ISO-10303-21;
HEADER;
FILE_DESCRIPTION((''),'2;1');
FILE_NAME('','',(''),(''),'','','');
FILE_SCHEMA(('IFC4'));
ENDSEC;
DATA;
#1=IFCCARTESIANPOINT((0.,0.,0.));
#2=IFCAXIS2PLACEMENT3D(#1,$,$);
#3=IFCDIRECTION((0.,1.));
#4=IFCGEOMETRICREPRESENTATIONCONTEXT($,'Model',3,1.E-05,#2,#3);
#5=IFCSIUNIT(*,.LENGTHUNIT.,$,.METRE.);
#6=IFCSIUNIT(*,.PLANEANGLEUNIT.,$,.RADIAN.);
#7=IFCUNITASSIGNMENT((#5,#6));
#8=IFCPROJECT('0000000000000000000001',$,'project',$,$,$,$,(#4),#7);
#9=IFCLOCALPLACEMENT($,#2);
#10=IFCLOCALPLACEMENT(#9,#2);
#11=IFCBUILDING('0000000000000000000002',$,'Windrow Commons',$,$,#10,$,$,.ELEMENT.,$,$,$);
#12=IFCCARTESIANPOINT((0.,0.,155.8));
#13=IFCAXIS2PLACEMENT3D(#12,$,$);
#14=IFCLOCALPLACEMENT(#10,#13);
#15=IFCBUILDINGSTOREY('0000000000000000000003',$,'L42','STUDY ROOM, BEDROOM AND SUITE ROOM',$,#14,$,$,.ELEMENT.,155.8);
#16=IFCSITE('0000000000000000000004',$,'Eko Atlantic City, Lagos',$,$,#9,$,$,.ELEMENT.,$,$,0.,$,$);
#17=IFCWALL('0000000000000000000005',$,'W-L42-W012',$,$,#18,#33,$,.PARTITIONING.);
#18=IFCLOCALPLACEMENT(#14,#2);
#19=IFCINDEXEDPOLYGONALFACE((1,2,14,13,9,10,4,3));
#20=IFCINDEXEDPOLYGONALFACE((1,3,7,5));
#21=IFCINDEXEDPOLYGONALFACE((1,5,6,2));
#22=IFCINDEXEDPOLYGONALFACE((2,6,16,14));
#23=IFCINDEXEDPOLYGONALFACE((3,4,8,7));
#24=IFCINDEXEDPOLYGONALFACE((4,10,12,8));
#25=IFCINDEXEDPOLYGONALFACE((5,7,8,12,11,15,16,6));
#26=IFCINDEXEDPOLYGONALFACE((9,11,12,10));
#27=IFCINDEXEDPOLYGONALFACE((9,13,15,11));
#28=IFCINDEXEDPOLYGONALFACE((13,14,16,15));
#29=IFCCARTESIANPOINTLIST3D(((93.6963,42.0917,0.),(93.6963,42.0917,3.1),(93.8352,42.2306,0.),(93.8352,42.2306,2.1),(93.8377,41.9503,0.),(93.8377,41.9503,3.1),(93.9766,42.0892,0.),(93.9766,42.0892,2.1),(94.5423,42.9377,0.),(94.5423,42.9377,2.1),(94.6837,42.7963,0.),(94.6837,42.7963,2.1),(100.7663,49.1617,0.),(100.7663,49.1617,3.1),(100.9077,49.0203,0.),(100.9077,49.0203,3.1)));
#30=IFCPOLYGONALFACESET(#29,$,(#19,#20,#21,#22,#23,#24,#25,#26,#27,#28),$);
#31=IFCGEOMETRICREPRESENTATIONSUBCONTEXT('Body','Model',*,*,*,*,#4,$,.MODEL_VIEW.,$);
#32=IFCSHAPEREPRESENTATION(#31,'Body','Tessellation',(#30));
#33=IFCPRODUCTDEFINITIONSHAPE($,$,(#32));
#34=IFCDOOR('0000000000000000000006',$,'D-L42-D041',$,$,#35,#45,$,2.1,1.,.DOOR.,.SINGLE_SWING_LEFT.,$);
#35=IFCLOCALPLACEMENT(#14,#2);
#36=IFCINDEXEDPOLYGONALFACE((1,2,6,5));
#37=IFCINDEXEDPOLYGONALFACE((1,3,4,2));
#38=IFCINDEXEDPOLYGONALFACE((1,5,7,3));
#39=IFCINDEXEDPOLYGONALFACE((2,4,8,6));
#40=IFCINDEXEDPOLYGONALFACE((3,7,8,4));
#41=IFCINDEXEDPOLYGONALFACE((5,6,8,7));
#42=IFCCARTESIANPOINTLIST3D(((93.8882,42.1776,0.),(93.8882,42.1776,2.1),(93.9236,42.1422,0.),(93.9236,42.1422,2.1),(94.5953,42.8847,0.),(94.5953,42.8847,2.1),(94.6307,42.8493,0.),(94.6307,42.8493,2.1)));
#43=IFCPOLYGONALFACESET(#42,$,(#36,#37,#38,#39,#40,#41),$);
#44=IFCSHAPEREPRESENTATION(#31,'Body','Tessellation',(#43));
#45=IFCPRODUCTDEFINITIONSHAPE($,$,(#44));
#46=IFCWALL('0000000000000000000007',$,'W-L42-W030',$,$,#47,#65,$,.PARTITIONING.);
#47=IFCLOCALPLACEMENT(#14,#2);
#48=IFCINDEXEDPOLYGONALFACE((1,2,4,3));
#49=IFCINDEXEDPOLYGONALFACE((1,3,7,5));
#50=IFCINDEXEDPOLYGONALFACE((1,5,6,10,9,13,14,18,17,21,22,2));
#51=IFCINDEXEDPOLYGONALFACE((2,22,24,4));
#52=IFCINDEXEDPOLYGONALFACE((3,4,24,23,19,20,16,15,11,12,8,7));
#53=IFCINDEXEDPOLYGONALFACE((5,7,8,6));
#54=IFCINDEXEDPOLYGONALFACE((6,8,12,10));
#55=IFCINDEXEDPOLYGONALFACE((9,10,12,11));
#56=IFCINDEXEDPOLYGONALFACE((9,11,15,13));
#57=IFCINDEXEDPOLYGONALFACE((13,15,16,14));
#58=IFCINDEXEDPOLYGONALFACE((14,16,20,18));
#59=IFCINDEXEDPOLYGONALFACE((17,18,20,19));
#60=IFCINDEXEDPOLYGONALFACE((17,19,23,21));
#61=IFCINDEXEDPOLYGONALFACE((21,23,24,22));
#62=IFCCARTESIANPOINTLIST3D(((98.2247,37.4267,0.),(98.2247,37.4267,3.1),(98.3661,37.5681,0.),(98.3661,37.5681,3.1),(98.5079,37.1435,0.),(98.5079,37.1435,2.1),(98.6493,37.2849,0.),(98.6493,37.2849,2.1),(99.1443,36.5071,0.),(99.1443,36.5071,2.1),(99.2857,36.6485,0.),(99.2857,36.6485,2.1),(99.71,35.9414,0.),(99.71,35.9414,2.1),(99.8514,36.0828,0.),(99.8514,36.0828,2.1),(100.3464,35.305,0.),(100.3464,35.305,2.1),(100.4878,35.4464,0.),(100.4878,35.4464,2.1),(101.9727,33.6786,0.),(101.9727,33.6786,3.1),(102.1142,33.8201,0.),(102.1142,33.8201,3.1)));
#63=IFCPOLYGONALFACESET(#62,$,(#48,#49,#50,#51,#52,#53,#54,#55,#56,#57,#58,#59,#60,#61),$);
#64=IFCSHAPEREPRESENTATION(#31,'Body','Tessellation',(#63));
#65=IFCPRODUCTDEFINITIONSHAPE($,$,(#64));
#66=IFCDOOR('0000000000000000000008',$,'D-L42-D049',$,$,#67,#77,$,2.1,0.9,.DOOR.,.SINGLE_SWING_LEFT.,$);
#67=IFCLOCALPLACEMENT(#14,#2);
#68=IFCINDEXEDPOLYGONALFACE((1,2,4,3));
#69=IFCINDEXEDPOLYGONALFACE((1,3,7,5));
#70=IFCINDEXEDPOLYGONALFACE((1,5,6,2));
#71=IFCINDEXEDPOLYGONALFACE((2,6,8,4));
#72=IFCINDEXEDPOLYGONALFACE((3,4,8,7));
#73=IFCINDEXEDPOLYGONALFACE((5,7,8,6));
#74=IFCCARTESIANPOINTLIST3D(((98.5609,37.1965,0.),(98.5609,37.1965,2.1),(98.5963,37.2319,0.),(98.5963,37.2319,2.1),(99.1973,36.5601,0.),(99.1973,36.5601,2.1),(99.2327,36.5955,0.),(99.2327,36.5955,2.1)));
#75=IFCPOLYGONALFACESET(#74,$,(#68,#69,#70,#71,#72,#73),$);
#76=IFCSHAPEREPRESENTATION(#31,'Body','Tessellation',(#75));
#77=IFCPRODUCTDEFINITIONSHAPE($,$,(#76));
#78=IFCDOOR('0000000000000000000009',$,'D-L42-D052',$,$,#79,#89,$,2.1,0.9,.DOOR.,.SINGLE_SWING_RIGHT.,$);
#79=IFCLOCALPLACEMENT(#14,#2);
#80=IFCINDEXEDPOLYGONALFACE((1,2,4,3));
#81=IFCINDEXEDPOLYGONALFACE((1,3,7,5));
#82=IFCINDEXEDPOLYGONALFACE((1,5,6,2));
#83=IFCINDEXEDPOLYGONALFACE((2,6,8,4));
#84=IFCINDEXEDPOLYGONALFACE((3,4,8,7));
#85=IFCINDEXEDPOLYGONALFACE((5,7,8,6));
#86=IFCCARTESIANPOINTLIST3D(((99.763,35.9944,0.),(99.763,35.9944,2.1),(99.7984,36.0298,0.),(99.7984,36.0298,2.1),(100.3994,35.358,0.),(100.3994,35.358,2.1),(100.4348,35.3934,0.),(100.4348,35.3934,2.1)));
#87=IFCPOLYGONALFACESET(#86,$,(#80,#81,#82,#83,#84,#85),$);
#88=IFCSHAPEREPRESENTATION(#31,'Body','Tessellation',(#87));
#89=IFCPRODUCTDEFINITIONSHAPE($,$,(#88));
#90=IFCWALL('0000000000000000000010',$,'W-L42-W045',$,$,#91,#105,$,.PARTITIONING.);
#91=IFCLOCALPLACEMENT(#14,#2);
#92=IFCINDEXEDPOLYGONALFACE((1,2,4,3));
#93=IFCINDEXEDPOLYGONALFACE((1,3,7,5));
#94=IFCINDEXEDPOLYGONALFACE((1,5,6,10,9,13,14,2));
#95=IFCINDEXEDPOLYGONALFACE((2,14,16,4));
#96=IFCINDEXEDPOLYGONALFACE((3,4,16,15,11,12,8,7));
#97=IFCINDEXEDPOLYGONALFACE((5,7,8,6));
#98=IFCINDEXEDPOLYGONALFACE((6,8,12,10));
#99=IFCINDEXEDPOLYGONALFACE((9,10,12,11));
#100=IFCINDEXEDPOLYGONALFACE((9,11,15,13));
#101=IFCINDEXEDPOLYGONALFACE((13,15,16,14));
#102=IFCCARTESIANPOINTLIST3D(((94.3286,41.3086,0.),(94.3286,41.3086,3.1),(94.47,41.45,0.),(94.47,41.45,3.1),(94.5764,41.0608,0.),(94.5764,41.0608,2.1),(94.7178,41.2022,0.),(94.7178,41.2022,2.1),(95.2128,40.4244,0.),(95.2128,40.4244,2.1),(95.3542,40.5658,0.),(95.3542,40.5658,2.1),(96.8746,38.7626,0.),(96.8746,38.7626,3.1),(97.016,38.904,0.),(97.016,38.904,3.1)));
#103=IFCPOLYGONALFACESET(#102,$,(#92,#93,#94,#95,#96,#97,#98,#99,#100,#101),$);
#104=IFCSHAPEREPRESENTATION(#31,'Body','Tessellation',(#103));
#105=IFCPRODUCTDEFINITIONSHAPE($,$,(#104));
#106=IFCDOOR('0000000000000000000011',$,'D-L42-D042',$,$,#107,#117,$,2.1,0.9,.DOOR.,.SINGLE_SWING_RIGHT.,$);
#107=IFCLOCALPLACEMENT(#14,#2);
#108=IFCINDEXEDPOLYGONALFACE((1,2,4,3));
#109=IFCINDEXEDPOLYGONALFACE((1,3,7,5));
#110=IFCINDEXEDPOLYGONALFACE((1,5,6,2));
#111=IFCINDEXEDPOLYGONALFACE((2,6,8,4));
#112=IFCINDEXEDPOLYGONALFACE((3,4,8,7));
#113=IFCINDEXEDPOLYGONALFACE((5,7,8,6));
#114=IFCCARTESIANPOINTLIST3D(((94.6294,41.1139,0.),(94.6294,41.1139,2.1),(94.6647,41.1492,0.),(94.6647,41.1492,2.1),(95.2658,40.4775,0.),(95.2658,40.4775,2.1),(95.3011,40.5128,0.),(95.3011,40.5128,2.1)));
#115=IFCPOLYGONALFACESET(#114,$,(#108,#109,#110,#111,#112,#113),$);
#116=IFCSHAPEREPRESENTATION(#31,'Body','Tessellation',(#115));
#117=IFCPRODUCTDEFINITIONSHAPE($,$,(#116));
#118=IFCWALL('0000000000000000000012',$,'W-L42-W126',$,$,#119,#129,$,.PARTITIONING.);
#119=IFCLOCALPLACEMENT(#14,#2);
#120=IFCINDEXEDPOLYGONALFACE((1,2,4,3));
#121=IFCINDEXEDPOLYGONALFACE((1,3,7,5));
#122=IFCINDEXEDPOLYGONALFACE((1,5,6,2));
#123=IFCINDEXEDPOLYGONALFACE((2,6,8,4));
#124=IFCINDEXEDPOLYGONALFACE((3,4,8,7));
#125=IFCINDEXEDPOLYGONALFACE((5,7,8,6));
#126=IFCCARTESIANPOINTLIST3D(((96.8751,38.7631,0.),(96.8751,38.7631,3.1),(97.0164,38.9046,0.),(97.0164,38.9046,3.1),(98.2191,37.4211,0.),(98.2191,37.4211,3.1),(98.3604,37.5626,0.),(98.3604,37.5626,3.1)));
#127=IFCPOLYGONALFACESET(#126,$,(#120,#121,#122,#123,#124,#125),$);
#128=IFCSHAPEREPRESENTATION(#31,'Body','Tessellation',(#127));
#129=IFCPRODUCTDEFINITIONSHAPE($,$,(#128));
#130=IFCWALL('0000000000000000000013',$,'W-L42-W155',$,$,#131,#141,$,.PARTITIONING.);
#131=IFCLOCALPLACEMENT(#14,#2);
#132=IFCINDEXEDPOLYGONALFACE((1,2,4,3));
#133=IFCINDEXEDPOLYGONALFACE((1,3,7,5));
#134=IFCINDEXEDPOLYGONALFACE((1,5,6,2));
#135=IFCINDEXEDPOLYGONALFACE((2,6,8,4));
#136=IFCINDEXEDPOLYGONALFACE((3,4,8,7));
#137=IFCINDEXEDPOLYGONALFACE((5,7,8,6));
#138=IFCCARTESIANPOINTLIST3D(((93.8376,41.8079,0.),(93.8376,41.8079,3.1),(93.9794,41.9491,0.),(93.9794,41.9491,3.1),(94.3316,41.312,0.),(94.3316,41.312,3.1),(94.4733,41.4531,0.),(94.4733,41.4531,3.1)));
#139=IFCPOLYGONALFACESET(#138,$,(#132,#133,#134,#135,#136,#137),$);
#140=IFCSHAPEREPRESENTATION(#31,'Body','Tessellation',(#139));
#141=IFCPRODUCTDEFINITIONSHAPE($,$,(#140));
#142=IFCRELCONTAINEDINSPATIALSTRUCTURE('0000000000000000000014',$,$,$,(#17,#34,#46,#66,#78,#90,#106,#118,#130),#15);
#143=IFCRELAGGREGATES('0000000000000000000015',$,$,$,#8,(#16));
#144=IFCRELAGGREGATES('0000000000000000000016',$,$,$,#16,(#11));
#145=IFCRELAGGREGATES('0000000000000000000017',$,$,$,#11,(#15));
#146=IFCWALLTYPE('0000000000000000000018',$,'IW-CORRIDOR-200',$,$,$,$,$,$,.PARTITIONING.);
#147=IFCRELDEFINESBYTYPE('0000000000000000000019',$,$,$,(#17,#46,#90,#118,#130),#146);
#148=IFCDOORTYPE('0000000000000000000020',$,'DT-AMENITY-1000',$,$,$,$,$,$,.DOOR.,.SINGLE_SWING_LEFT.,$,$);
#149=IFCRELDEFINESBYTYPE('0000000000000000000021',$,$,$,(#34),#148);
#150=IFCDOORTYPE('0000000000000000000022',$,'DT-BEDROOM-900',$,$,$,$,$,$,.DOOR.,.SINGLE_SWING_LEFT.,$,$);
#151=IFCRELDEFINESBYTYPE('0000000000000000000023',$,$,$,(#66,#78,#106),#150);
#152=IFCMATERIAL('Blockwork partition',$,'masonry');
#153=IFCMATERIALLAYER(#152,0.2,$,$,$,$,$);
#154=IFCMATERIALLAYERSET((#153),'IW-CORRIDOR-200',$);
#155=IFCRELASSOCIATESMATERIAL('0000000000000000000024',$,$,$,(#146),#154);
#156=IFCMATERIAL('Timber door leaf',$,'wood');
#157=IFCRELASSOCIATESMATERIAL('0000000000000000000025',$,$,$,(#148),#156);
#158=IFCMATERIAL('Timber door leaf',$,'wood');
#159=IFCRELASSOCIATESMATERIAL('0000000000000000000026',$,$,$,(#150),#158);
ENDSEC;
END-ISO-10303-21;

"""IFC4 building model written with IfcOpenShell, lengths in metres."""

from ifc_helpers import new_model, si_unit, direction, frame, frame_2d, origin, place, context, subcontext, project, spatial, rectangle, extrude, material, layer, layer_set, type_object, element, fill, save


model = new_model("IFC4")

# Units and contexts
model_context = context("Model", 3, precision=1e-05, world=origin(), true_north=direction((0.0, 1.0)))
body_context = subcontext(model_context, "Body", "Model", "MODEL_VIEW")
ifc_project = project(units=[si_unit("LENGTHUNIT", "METRE"), si_unit("PLANEANGLEUNIT", "RADIAN")], contexts=[model_context])

# Site, building, storey
site_placement = place(None, origin())
site = spatial("IfcSite", under=ifc_project, at=site_placement, Name="Eko Atlantic City, Lagos", CompositionType="ELEMENT", RefElevation=0.0)
building_placement = place(site_placement, origin())
building = spatial("IfcBuilding", under=site, at=building_placement, Name="Windrow Commons", CompositionType="ELEMENT")
storey_placement = place(building_placement, frame((0.0, 0.0, 155.8)))
storey = spatial("IfcBuildingStorey", under=building, at=storey_placement, Name="L42", Description="STUDY ROOM, BEDROOM AND SUITE ROOM", CompositionType="ELEMENT", Elevation=155.8)

# Wall, opening, door
ifc_material_1 = material(Name="Blockwork partition", Category="masonry")
ifc_layer_1 = layer(ifc_material_1, 0.2)
ifc_layer_set_1 = layer_set([ifc_layer_1], Name="IW-CORRIDOR-200")
wall_type_1 = type_object("IfcWallType", Name="IW-CORRIDOR-200", PredefinedType="PARTITIONING", material=ifc_layer_set_1)
wall_1_placement = place(storey_placement, frame((93.767, 42.021, 0.0), z_axis=(0.0, 0.0, 1.0), x_axis=(0.707107, 0.707107, 0.0)))
wall_1 = element("IfcWall", 1, at=wall_1_placement, inside=storey, type_object=wall_type_1, Name="W-L42-W012", PredefinedType="PARTITIONING", context=body_context, shape_type="SweptSolid", body=[
    extrude(rectangle(XDim=9.9985, YDim=0.2, at=frame_2d((4.9992, 0.0))), origin(), (0.0, 0.0, 1.0), 3.1),
])
opening_1_placement = place(wall_1_placement, frame((0.1964, 0.0, 0.0)))
opening_1 = element("IfcOpeningElement", 2, at=opening_1_placement, cuts=wall_1, PredefinedType="OPENING", context=body_context, shape_type="SweptSolid", body=[
    extrude(rectangle(XDim=1.0, YDim=2.1, at=frame_2d((0.5, 1.05))), frame((0.0, 0.11, 0.0), z_axis=(0.0, -1.0, 0.0), x_axis=(1.0, 0.0, 0.0)), (0.0, 0.0, 1.0), 0.22),
])
ifc_material_2 = material(Name="Timber door leaf", Category="wood")
door_type_1 = type_object("IfcDoorType", Name="DT-AMENITY-1000", OperationType="SINGLE_SWING_LEFT", PredefinedType="DOOR", material=ifc_material_2)
door_1_placement = place(opening_1_placement, origin())
door_1 = element("IfcDoor", 3, at=door_1_placement, inside=storey, type_object=door_type_1, Name="D-L42-D041", OperationType="SINGLE_SWING_LEFT", OverallHeight=2.1, OverallWidth=1.0, PredefinedType="DOOR", context=body_context, shape_type="SweptSolid", body=[
    extrude(rectangle(XDim=1.0, YDim=2.1, at=frame_2d((0.5, 1.05))), frame((0.0, 0.025, 0.0), z_axis=(0.0, -1.0, 0.0), x_axis=(1.0, 0.0, 0.0)), (0.0, 0.0, 1.0), 0.05),
])
fill(opening_1, door_1)

# Wall, openings, doors
wall_2_placement = place(storey_placement, frame((98.2954, 37.4974, 0.0), z_axis=(0.0, 0.0, 1.0), x_axis=(0.707107, -0.707107, 0.0)))
wall_2 = element("IfcWall", 4, at=wall_2_placement, inside=storey, type_object=wall_type_1, Name="W-L42-W030", PredefinedType="PARTITIONING", context=body_context, shape_type="SweptSolid", body=[
    extrude(rectangle(XDim=5.3005, YDim=0.2, at=frame_2d((2.6503, 0.0))), origin(), (0.0, 0.0, 1.0), 3.1),
])
opening_2_placement = place(wall_2_placement, frame((0.4005, 0.0, 0.0)))
opening_2 = element("IfcOpeningElement", 5, at=opening_2_placement, cuts=wall_2, PredefinedType="OPENING", context=body_context, shape_type="SweptSolid", body=[
    extrude(rectangle(XDim=0.9, YDim=2.1, at=frame_2d((0.45, 1.05))), frame((0.0, 0.11, 0.0), z_axis=(0.0, -1.0, 0.0), x_axis=(1.0, 0.0, 0.0)), (0.0, 0.0, 1.0), 0.22),
])
opening_3_placement = place(wall_2_placement, frame((2.1005, 0.0, 0.0)))
opening_3 = element("IfcOpeningElement", 6, at=opening_3_placement, cuts=wall_2, PredefinedType="OPENING", context=body_context, shape_type="SweptSolid", body=[
    extrude(rectangle(XDim=0.9, YDim=2.1, at=frame_2d((0.45, 1.05))), frame((0.0, 0.11, 0.0), z_axis=(0.0, -1.0, 0.0), x_axis=(1.0, 0.0, 0.0)), (0.0, 0.0, 1.0), 0.22),
])
ifc_material_3 = material(Name="Timber door leaf", Category="wood")
door_type_2 = type_object("IfcDoorType", Name="DT-BEDROOM-900", OperationType="SINGLE_SWING_LEFT", PredefinedType="DOOR", material=ifc_material_3)
door_2_placement = place(opening_2_placement, origin())
door_2 = element("IfcDoor", 7, at=door_2_placement, inside=storey, type_object=door_type_2, Name="D-L42-D049", OperationType="SINGLE_SWING_LEFT", OverallHeight=2.1, OverallWidth=0.9, PredefinedType="DOOR", context=body_context, shape_type="SweptSolid", body=[
    extrude(rectangle(XDim=0.9, YDim=2.1, at=frame_2d((0.45, 1.05))), frame((0.0, 0.025, 0.0), z_axis=(0.0, -1.0, 0.0), x_axis=(1.0, 0.0, 0.0)), (0.0, 0.0, 1.0), 0.05),
])
fill(opening_2, door_2)
door_3_placement = place(opening_3_placement, origin())
door_3 = element("IfcDoor", 8, at=door_3_placement, inside=storey, type_object=door_type_2, Name="D-L42-D052", OperationType="SINGLE_SWING_RIGHT", OverallHeight=2.1, OverallWidth=0.9, PredefinedType="DOOR", context=body_context, shape_type="SweptSolid", body=[
    extrude(rectangle(XDim=0.9, YDim=2.1, at=frame_2d((0.45, 1.05))), frame((0.0, 0.025, 0.0), z_axis=(0.0, -1.0, 0.0), x_axis=(1.0, 0.0, 0.0)), (0.0, 0.0, 1.0), 0.05),
])
fill(opening_3, door_3)

# Wall, opening, door
wall_3_placement = place(storey_placement, frame((94.3993, 41.3793, 0.0), z_axis=(0.0, 0.0, 1.0), x_axis=(0.707107, -0.707107, 0.0)))
wall_3 = element("IfcWall", 9, at=wall_3_placement, inside=storey, type_object=wall_type_1, Name="W-L42-W045", PredefinedType="PARTITIONING", context=body_context, shape_type="SweptSolid", body=[
    extrude(rectangle(XDim=3.6006, YDim=0.2, at=frame_2d((1.8003, 0.0))), origin(), (0.0, 0.0, 1.0), 3.1),
])
opening_4_placement = place(wall_3_placement, frame((0.3504, 0.0, 0.0)))
opening_4 = element("IfcOpeningElement", 10, at=opening_4_placement, cuts=wall_3, PredefinedType="OPENING", context=body_context, shape_type="SweptSolid", body=[
    extrude(rectangle(XDim=0.9, YDim=2.1, at=frame_2d((0.45, 1.05))), frame((0.0, 0.11, 0.0), z_axis=(0.0, -1.0, 0.0), x_axis=(1.0, 0.0, 0.0)), (0.0, 0.0, 1.0), 0.22),
])
door_4_placement = place(opening_4_placement, origin())
door_4 = element("IfcDoor", 11, at=door_4_placement, inside=storey, type_object=door_type_2, Name="D-L42-D042", OperationType="SINGLE_SWING_RIGHT", OverallHeight=2.1, OverallWidth=0.9, PredefinedType="DOOR", context=body_context, shape_type="SweptSolid", body=[
    extrude(rectangle(XDim=0.9, YDim=2.1, at=frame_2d((0.45, 1.05))), frame((0.0, 0.025, 0.0), z_axis=(0.0, -1.0, 0.0), x_axis=(1.0, 0.0, 0.0)), (0.0, 0.0, 1.0), 0.05),
])
fill(opening_4, door_4)

# Walls
wall_4_placement = place(storey_placement, frame((96.9458, 38.8338, 0.0), z_axis=(0.0, 0.0, 1.0), x_axis=(0.707633, -0.70658, 0.0)))
element("IfcWall", 12, at=wall_4_placement, inside=storey, type_object=wall_type_1, Name="W-L42-W126", PredefinedType="PARTITIONING", context=body_context, shape_type="SweptSolid", body=[
    extrude(rectangle(XDim=1.8993, YDim=0.2, at=frame_2d((0.9496, 0.0))), origin(), (0.0, 0.0, 1.0), 3.1),
])
wall_5_placement = place(storey_placement, frame((93.9085, 41.8785, 0.0), z_axis=(0.0, 0.0, 1.0), x_axis=(0.705677, -0.708534, 0.0)))
element("IfcWall", 13, at=wall_5_placement, inside=storey, type_object=wall_type_1, Name="W-L42-W155", PredefinedType="PARTITIONING", context=body_context, shape_type="SweptSolid", body=[
    extrude(rectangle(XDim=0.7, YDim=0.2, at=frame_2d((0.35, 0.0))), origin(), (0.0, 0.0, 1.0), 3.1),
])

save(model, "model.ifc")
